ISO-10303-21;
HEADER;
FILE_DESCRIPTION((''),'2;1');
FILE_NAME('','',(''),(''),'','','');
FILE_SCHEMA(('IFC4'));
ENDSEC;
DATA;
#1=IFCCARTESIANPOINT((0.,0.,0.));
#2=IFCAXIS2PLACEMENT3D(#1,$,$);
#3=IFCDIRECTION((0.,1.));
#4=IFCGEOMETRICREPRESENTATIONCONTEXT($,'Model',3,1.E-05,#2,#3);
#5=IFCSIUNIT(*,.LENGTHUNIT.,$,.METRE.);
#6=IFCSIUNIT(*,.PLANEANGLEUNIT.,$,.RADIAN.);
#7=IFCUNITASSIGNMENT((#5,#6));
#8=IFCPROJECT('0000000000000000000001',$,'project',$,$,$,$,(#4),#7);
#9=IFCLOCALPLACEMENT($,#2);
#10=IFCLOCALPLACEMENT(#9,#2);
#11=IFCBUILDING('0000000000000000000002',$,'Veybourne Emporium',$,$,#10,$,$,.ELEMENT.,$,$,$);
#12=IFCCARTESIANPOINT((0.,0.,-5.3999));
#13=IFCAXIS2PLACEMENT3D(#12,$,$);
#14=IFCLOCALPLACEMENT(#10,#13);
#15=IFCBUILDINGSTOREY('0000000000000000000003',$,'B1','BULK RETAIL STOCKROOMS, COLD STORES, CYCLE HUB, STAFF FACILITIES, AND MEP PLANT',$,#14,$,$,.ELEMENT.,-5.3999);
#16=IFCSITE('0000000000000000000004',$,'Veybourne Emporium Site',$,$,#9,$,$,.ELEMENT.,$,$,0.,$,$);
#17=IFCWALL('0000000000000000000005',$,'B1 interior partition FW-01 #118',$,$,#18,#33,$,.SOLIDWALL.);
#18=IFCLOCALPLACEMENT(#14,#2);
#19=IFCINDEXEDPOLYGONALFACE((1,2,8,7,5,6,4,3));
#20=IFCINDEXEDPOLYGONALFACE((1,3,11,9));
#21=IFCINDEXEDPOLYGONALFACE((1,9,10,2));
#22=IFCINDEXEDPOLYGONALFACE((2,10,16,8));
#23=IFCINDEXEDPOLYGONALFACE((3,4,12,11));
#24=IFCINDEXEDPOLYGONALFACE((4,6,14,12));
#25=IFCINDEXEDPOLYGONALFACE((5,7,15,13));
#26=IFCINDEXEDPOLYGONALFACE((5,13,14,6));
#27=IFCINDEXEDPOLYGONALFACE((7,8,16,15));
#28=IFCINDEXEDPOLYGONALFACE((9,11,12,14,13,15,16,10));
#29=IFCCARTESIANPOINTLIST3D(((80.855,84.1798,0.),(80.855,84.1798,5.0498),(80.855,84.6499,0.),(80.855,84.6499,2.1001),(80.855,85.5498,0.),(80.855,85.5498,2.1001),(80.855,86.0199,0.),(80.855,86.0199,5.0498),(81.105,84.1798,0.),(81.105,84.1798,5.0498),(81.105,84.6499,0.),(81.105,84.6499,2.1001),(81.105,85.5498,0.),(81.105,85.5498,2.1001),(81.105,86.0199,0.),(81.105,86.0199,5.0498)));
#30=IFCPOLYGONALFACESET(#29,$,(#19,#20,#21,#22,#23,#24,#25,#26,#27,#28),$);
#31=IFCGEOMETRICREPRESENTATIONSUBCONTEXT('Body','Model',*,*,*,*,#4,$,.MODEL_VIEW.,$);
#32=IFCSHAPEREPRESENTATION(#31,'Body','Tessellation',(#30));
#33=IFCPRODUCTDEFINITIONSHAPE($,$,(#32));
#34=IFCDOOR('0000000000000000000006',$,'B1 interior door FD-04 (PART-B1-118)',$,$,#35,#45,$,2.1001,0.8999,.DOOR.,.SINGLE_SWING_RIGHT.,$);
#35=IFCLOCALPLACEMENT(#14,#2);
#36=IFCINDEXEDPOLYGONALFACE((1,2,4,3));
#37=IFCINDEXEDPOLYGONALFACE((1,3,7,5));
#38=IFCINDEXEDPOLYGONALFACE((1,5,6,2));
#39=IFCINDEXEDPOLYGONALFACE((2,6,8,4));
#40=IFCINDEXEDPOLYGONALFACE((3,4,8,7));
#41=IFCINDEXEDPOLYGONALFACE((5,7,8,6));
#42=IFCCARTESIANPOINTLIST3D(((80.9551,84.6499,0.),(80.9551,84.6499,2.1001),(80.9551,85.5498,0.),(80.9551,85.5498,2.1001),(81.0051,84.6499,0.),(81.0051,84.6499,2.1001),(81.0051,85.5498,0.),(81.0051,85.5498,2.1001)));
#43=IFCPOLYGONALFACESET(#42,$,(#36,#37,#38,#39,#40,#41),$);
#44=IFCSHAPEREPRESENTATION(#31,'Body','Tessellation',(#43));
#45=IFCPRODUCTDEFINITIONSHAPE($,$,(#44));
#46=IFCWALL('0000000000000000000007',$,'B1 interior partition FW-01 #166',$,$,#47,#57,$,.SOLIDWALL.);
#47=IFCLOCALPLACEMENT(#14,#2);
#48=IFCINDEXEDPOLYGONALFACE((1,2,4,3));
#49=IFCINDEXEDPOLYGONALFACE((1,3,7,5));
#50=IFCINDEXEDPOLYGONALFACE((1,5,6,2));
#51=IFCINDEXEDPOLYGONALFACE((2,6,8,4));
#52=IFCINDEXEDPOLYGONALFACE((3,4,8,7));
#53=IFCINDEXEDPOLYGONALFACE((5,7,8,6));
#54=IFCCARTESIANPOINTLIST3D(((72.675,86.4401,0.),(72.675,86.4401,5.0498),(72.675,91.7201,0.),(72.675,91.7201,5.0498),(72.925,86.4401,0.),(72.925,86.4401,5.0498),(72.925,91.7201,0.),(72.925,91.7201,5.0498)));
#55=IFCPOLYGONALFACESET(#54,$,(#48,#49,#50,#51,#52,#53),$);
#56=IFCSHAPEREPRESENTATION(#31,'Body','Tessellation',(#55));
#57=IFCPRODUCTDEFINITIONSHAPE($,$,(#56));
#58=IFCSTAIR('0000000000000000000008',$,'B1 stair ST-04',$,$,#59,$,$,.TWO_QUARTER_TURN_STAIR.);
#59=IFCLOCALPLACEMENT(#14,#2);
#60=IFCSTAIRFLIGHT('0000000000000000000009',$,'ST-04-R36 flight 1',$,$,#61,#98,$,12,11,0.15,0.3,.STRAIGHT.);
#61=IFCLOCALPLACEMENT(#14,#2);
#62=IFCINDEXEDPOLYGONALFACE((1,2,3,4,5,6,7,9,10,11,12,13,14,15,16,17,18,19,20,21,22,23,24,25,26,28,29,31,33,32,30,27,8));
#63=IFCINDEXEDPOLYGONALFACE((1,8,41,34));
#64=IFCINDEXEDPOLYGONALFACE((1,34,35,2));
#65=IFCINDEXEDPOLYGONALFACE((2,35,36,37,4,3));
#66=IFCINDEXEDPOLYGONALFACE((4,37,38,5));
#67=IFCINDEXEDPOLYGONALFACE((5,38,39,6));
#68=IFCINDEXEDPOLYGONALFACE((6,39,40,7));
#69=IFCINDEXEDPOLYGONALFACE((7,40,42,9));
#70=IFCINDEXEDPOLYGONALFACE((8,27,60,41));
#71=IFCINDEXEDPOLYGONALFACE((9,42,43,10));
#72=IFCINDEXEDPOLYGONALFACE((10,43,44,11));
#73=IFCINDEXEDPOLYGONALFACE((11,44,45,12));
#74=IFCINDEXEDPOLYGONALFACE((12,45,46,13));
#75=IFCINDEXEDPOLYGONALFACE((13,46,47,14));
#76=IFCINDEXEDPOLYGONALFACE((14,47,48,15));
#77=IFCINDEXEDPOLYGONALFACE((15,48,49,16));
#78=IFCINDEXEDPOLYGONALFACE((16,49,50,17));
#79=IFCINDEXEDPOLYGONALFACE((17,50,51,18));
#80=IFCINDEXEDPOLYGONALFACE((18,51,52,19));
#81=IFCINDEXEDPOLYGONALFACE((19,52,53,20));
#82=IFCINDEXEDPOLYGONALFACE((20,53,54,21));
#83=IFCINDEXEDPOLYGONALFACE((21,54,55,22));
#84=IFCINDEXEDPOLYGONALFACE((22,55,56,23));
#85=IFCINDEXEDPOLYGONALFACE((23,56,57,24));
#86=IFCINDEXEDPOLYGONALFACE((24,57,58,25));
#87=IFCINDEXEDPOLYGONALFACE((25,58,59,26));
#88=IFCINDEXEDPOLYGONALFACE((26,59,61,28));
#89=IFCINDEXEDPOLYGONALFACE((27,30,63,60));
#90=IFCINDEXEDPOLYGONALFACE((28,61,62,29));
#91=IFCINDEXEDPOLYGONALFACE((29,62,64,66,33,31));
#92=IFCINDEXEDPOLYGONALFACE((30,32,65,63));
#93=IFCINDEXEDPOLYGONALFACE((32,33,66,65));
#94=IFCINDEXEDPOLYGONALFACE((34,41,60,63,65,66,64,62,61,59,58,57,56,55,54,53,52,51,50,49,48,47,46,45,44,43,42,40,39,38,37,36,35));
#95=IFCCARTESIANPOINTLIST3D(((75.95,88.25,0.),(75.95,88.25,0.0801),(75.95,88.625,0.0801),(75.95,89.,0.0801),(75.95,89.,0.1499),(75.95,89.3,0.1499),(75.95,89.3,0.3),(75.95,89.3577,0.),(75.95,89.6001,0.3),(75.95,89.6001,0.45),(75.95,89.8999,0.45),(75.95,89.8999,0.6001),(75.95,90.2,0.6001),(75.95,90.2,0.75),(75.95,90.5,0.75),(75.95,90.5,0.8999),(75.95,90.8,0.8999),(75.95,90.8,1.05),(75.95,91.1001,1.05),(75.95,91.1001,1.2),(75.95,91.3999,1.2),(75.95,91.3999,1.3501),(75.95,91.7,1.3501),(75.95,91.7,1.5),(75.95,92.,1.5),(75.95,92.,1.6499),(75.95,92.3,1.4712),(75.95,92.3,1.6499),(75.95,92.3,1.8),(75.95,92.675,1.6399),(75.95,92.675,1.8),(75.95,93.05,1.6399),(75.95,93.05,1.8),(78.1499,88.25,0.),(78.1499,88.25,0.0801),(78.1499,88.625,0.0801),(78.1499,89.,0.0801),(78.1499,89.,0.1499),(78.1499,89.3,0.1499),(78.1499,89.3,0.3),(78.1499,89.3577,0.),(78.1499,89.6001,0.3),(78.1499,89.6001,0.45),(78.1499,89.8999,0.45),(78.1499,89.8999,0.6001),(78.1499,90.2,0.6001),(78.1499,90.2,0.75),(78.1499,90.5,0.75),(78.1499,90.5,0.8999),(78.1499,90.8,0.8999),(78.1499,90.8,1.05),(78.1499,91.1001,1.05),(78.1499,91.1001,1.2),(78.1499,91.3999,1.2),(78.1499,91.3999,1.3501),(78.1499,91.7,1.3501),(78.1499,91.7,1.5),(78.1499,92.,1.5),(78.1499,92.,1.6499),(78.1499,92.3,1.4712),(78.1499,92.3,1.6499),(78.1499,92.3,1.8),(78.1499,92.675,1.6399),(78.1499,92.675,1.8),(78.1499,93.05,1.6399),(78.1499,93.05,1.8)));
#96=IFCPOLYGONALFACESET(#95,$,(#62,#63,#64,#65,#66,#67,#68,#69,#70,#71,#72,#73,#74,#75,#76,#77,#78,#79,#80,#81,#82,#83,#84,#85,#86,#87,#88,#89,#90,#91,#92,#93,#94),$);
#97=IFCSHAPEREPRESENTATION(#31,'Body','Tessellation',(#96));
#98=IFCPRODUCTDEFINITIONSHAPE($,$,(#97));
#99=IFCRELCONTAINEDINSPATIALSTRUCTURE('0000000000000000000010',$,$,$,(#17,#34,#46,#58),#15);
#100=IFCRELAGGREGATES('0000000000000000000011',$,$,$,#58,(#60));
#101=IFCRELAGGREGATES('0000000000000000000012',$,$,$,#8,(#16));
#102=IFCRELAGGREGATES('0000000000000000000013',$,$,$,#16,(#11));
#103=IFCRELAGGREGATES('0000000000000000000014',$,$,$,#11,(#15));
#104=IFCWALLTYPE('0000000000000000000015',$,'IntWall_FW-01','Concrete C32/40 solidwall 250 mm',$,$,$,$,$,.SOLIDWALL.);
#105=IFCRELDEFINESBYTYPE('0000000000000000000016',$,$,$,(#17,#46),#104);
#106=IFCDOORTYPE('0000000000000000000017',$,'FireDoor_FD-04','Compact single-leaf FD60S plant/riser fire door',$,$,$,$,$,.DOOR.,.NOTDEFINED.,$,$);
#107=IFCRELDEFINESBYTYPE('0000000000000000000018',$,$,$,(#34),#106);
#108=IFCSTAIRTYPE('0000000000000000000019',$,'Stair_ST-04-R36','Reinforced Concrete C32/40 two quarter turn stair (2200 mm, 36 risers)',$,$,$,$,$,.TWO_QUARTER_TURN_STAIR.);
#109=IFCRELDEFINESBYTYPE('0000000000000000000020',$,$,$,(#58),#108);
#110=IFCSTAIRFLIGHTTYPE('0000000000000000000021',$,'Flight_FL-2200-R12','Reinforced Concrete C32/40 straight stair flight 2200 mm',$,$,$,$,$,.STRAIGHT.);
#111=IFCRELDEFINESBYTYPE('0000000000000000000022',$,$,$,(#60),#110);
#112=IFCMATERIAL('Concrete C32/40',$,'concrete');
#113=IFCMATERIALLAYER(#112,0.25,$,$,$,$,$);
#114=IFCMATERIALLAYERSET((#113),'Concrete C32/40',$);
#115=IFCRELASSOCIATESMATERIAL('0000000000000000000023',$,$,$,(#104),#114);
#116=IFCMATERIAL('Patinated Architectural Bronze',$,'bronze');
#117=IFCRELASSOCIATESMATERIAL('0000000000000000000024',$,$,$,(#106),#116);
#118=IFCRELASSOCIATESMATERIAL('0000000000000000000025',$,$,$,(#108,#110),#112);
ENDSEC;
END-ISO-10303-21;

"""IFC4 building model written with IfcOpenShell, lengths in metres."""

from ifc_helpers import new_model, si_unit, direction, frame, frame_2d, origin, place, context, subcontext, project, spatial, polyline, rectangle, outline, extrude, material, layer, layer_set, type_object, element, fill, aggregate, save


model = new_model("IFC4")

# Units and contexts
model_context = context("Model", 3, precision=1e-05, world=origin(), true_north=direction((0.0, 1.0)))
body_context = subcontext(model_context, "Body", "Model", "MODEL_VIEW")
ifc_project = project(units=[si_unit("LENGTHUNIT", "METRE"), si_unit("PLANEANGLEUNIT", "RADIAN")], contexts=[model_context])

# Site, building, storey
site_placement = place(None, origin())
site = spatial("IfcSite", under=ifc_project, at=site_placement, Name="Veybourne Emporium Site", CompositionType="ELEMENT", RefElevation=0.0)
building_placement = place(site_placement, origin())
building = spatial("IfcBuilding", under=site, at=building_placement, Name="Veybourne Emporium", CompositionType="ELEMENT")
storey_placement = place(building_placement, frame((0.0, 0.0, -5.3999)))
storey = spatial("IfcBuildingStorey", under=building, at=storey_placement, Name="B1", Description="BULK RETAIL STOCKROOMS, COLD STORES, CYCLE HUB, STAFF FACILITIES, AND MEP PLANT", CompositionType="ELEMENT", Elevation=-5.3999)

# Shared definitions
ifc_material_1 = material(Name="Concrete C32/40", Category="concrete")

# Shared definitions
ifc_layer = layer(ifc_material_1, 0.25)
ifc_layer_set = layer_set([ifc_layer], Name="Concrete C32/40")
wall_type = type_object("IfcWallType", Name="IntWall_FW-01", Description="Concrete C32/40 solidwall 250 mm", PredefinedType="SOLIDWALL", material=ifc_layer_set)
ifc_material_2 = material(Name="Patinated Architectural Bronze", Category="bronze")

# Wall, opening, door
wall_1_placement = place(storey_placement, frame((80.98, 84.1799, 0.0), z_axis=(0.0, 0.0, 1.0), x_axis=(0.0, 1.0, 0.0)))
wall_1 = element("IfcWall", 1, at=wall_1_placement, inside=storey, type_object=wall_type, Name="B1 interior partition FW-01 #118", PredefinedType="SOLIDWALL", context=body_context, shape_type="SweptSolid", body=[
    extrude(rectangle(XDim=1.8401, YDim=0.25, at=frame_2d((0.9199, 0.0))), origin(), (0.0, 0.0, 1.0), 5.0498),
])
opening_1_placement = place(wall_1_placement, frame((0.47, 0.0, 0.0)))
opening_1 = element("IfcOpeningElement", 2, at=opening_1_placement, cuts=wall_1, PredefinedType="OPENING", context=body_context, shape_type="SweptSolid", body=[
    extrude(rectangle(XDim=0.8999, YDim=2.1001, at=frame_2d((0.45, 1.05))), frame((0.0, 0.145, 0.0), z_axis=(0.0, -1.0, 0.0), x_axis=(1.0, 0.0, 0.0)), (0.0, 0.0, 1.0), 0.29),
])
door_type_1 = type_object("IfcDoorType", Name="FireDoor_FD-04", Description="Compact single-leaf FD60S plant/riser fire door", OperationType="NOTDEFINED", PredefinedType="DOOR", material=ifc_material_2)
door_1_placement = place(opening_1_placement, origin())
door_1 = element("IfcDoor", 3, at=door_1_placement, inside=storey, type_object=door_type_1, Name="B1 interior door FD-04 (PART-B1-118)", OperationType="SINGLE_SWING_RIGHT", OverallHeight=2.1001, OverallWidth=0.8999, PredefinedType="DOOR", context=body_context, shape_type="SweptSolid", body=[
    extrude(rectangle(XDim=0.8999, YDim=2.1001, at=frame_2d((0.45, 1.05))), frame((0.0, 0.0249, 0.0), z_axis=(0.0, -1.0, 0.0), x_axis=(1.0, 0.0, 0.0)), (0.0, 0.0, 1.0), 0.05),
])
fill(opening_1, door_1)

# Wall
wall_2_placement = place(storey_placement, frame((72.8, 86.4399, 0.0), z_axis=(0.0, 0.0, 1.0), x_axis=(0.0, 1.0, 0.0)))
element("IfcWall", 4, at=wall_2_placement, inside=storey, type_object=wall_type, Name="B1 interior partition FW-01 #166", PredefinedType="SOLIDWALL", context=body_context, shape_type="SweptSolid", body=[
    extrude(rectangle(XDim=5.28, YDim=0.25, at=frame_2d((2.6401, 0.0))), origin(), (0.0, 0.0, 1.0), 5.0498),
])

# Stair, stair flight
stair_type = type_object("IfcStairType", Name="Stair_ST-04-R36", Description="Reinforced Concrete C32/40 two quarter turn stair (2200 mm, 36 risers)", PredefinedType="TWO_QUARTER_TURN_STAIR", material=ifc_material_1)
stair_placement = place(storey_placement, origin())
stair = element("IfcStair", 5, at=stair_placement, inside=storey, type_object=stair_type, Name="B1 stair ST-04", PredefinedType="TWO_QUARTER_TURN_STAIR")
stair_flight_type = type_object("IfcStairFlightType", Name="Flight_FL-2200-R12", Description="Reinforced Concrete C32/40 straight stair flight 2200 mm", PredefinedType="STRAIGHT", material=ifc_material_1)
stair_flight_placement = place(storey_placement, frame((77.05, 89.0, 0.0), z_axis=(0.0, 0.0, 1.0), x_axis=(0.0, 1.0, 0.0)))
stair_flight = element("IfcStairFlight", 6, at=stair_flight_placement, type_object=stair_flight_type, Name="ST-04-R36 flight 1", NumberOfRisers=12, NumberOfTreads=11, PredefinedType="STRAIGHT", RiserHeight=0.15, TreadLength=0.3, context=body_context, shape_type="SweptSolid", body=[
    extrude(outline(polyline([(-0.75, 0.0), (-0.75, 0.0801), (-0.375, 0.0801), (0.0, 0.0801), (0.0, 0.1499), (0.3, 0.1499), (0.3, 0.3), (0.6001, 0.3), (0.6001, 0.45), (0.8999, 0.45), (0.8999, 0.6001), (1.2, 0.6001), (1.2, 0.75), (1.5, 0.75), (1.5, 0.8999), (1.8, 0.8999), (1.8, 1.05), (2.1001, 1.05), (2.1001, 1.2), (2.3999, 1.2), (2.3999, 1.3501), (2.7, 1.3501), (2.7, 1.5), (3.0, 1.5), (3.0, 1.6499), (3.3, 1.6499), (3.3, 1.8), (3.675, 1.8), (4.05, 1.8), (4.05, 1.6399), (3.675, 1.6399), (3.3, 1.4712), (0.3577, 0.0), (-0.75, 0.0)])), frame((0.0, 1.1001, 0.0), z_axis=(0.0, -1.0, 0.0), x_axis=(1.0, 0.0, 0.0)), (0.0, 0.0, 1.0), 2.2),
])
aggregate(stair, [stair_flight])

save(model, "model.ifc")
